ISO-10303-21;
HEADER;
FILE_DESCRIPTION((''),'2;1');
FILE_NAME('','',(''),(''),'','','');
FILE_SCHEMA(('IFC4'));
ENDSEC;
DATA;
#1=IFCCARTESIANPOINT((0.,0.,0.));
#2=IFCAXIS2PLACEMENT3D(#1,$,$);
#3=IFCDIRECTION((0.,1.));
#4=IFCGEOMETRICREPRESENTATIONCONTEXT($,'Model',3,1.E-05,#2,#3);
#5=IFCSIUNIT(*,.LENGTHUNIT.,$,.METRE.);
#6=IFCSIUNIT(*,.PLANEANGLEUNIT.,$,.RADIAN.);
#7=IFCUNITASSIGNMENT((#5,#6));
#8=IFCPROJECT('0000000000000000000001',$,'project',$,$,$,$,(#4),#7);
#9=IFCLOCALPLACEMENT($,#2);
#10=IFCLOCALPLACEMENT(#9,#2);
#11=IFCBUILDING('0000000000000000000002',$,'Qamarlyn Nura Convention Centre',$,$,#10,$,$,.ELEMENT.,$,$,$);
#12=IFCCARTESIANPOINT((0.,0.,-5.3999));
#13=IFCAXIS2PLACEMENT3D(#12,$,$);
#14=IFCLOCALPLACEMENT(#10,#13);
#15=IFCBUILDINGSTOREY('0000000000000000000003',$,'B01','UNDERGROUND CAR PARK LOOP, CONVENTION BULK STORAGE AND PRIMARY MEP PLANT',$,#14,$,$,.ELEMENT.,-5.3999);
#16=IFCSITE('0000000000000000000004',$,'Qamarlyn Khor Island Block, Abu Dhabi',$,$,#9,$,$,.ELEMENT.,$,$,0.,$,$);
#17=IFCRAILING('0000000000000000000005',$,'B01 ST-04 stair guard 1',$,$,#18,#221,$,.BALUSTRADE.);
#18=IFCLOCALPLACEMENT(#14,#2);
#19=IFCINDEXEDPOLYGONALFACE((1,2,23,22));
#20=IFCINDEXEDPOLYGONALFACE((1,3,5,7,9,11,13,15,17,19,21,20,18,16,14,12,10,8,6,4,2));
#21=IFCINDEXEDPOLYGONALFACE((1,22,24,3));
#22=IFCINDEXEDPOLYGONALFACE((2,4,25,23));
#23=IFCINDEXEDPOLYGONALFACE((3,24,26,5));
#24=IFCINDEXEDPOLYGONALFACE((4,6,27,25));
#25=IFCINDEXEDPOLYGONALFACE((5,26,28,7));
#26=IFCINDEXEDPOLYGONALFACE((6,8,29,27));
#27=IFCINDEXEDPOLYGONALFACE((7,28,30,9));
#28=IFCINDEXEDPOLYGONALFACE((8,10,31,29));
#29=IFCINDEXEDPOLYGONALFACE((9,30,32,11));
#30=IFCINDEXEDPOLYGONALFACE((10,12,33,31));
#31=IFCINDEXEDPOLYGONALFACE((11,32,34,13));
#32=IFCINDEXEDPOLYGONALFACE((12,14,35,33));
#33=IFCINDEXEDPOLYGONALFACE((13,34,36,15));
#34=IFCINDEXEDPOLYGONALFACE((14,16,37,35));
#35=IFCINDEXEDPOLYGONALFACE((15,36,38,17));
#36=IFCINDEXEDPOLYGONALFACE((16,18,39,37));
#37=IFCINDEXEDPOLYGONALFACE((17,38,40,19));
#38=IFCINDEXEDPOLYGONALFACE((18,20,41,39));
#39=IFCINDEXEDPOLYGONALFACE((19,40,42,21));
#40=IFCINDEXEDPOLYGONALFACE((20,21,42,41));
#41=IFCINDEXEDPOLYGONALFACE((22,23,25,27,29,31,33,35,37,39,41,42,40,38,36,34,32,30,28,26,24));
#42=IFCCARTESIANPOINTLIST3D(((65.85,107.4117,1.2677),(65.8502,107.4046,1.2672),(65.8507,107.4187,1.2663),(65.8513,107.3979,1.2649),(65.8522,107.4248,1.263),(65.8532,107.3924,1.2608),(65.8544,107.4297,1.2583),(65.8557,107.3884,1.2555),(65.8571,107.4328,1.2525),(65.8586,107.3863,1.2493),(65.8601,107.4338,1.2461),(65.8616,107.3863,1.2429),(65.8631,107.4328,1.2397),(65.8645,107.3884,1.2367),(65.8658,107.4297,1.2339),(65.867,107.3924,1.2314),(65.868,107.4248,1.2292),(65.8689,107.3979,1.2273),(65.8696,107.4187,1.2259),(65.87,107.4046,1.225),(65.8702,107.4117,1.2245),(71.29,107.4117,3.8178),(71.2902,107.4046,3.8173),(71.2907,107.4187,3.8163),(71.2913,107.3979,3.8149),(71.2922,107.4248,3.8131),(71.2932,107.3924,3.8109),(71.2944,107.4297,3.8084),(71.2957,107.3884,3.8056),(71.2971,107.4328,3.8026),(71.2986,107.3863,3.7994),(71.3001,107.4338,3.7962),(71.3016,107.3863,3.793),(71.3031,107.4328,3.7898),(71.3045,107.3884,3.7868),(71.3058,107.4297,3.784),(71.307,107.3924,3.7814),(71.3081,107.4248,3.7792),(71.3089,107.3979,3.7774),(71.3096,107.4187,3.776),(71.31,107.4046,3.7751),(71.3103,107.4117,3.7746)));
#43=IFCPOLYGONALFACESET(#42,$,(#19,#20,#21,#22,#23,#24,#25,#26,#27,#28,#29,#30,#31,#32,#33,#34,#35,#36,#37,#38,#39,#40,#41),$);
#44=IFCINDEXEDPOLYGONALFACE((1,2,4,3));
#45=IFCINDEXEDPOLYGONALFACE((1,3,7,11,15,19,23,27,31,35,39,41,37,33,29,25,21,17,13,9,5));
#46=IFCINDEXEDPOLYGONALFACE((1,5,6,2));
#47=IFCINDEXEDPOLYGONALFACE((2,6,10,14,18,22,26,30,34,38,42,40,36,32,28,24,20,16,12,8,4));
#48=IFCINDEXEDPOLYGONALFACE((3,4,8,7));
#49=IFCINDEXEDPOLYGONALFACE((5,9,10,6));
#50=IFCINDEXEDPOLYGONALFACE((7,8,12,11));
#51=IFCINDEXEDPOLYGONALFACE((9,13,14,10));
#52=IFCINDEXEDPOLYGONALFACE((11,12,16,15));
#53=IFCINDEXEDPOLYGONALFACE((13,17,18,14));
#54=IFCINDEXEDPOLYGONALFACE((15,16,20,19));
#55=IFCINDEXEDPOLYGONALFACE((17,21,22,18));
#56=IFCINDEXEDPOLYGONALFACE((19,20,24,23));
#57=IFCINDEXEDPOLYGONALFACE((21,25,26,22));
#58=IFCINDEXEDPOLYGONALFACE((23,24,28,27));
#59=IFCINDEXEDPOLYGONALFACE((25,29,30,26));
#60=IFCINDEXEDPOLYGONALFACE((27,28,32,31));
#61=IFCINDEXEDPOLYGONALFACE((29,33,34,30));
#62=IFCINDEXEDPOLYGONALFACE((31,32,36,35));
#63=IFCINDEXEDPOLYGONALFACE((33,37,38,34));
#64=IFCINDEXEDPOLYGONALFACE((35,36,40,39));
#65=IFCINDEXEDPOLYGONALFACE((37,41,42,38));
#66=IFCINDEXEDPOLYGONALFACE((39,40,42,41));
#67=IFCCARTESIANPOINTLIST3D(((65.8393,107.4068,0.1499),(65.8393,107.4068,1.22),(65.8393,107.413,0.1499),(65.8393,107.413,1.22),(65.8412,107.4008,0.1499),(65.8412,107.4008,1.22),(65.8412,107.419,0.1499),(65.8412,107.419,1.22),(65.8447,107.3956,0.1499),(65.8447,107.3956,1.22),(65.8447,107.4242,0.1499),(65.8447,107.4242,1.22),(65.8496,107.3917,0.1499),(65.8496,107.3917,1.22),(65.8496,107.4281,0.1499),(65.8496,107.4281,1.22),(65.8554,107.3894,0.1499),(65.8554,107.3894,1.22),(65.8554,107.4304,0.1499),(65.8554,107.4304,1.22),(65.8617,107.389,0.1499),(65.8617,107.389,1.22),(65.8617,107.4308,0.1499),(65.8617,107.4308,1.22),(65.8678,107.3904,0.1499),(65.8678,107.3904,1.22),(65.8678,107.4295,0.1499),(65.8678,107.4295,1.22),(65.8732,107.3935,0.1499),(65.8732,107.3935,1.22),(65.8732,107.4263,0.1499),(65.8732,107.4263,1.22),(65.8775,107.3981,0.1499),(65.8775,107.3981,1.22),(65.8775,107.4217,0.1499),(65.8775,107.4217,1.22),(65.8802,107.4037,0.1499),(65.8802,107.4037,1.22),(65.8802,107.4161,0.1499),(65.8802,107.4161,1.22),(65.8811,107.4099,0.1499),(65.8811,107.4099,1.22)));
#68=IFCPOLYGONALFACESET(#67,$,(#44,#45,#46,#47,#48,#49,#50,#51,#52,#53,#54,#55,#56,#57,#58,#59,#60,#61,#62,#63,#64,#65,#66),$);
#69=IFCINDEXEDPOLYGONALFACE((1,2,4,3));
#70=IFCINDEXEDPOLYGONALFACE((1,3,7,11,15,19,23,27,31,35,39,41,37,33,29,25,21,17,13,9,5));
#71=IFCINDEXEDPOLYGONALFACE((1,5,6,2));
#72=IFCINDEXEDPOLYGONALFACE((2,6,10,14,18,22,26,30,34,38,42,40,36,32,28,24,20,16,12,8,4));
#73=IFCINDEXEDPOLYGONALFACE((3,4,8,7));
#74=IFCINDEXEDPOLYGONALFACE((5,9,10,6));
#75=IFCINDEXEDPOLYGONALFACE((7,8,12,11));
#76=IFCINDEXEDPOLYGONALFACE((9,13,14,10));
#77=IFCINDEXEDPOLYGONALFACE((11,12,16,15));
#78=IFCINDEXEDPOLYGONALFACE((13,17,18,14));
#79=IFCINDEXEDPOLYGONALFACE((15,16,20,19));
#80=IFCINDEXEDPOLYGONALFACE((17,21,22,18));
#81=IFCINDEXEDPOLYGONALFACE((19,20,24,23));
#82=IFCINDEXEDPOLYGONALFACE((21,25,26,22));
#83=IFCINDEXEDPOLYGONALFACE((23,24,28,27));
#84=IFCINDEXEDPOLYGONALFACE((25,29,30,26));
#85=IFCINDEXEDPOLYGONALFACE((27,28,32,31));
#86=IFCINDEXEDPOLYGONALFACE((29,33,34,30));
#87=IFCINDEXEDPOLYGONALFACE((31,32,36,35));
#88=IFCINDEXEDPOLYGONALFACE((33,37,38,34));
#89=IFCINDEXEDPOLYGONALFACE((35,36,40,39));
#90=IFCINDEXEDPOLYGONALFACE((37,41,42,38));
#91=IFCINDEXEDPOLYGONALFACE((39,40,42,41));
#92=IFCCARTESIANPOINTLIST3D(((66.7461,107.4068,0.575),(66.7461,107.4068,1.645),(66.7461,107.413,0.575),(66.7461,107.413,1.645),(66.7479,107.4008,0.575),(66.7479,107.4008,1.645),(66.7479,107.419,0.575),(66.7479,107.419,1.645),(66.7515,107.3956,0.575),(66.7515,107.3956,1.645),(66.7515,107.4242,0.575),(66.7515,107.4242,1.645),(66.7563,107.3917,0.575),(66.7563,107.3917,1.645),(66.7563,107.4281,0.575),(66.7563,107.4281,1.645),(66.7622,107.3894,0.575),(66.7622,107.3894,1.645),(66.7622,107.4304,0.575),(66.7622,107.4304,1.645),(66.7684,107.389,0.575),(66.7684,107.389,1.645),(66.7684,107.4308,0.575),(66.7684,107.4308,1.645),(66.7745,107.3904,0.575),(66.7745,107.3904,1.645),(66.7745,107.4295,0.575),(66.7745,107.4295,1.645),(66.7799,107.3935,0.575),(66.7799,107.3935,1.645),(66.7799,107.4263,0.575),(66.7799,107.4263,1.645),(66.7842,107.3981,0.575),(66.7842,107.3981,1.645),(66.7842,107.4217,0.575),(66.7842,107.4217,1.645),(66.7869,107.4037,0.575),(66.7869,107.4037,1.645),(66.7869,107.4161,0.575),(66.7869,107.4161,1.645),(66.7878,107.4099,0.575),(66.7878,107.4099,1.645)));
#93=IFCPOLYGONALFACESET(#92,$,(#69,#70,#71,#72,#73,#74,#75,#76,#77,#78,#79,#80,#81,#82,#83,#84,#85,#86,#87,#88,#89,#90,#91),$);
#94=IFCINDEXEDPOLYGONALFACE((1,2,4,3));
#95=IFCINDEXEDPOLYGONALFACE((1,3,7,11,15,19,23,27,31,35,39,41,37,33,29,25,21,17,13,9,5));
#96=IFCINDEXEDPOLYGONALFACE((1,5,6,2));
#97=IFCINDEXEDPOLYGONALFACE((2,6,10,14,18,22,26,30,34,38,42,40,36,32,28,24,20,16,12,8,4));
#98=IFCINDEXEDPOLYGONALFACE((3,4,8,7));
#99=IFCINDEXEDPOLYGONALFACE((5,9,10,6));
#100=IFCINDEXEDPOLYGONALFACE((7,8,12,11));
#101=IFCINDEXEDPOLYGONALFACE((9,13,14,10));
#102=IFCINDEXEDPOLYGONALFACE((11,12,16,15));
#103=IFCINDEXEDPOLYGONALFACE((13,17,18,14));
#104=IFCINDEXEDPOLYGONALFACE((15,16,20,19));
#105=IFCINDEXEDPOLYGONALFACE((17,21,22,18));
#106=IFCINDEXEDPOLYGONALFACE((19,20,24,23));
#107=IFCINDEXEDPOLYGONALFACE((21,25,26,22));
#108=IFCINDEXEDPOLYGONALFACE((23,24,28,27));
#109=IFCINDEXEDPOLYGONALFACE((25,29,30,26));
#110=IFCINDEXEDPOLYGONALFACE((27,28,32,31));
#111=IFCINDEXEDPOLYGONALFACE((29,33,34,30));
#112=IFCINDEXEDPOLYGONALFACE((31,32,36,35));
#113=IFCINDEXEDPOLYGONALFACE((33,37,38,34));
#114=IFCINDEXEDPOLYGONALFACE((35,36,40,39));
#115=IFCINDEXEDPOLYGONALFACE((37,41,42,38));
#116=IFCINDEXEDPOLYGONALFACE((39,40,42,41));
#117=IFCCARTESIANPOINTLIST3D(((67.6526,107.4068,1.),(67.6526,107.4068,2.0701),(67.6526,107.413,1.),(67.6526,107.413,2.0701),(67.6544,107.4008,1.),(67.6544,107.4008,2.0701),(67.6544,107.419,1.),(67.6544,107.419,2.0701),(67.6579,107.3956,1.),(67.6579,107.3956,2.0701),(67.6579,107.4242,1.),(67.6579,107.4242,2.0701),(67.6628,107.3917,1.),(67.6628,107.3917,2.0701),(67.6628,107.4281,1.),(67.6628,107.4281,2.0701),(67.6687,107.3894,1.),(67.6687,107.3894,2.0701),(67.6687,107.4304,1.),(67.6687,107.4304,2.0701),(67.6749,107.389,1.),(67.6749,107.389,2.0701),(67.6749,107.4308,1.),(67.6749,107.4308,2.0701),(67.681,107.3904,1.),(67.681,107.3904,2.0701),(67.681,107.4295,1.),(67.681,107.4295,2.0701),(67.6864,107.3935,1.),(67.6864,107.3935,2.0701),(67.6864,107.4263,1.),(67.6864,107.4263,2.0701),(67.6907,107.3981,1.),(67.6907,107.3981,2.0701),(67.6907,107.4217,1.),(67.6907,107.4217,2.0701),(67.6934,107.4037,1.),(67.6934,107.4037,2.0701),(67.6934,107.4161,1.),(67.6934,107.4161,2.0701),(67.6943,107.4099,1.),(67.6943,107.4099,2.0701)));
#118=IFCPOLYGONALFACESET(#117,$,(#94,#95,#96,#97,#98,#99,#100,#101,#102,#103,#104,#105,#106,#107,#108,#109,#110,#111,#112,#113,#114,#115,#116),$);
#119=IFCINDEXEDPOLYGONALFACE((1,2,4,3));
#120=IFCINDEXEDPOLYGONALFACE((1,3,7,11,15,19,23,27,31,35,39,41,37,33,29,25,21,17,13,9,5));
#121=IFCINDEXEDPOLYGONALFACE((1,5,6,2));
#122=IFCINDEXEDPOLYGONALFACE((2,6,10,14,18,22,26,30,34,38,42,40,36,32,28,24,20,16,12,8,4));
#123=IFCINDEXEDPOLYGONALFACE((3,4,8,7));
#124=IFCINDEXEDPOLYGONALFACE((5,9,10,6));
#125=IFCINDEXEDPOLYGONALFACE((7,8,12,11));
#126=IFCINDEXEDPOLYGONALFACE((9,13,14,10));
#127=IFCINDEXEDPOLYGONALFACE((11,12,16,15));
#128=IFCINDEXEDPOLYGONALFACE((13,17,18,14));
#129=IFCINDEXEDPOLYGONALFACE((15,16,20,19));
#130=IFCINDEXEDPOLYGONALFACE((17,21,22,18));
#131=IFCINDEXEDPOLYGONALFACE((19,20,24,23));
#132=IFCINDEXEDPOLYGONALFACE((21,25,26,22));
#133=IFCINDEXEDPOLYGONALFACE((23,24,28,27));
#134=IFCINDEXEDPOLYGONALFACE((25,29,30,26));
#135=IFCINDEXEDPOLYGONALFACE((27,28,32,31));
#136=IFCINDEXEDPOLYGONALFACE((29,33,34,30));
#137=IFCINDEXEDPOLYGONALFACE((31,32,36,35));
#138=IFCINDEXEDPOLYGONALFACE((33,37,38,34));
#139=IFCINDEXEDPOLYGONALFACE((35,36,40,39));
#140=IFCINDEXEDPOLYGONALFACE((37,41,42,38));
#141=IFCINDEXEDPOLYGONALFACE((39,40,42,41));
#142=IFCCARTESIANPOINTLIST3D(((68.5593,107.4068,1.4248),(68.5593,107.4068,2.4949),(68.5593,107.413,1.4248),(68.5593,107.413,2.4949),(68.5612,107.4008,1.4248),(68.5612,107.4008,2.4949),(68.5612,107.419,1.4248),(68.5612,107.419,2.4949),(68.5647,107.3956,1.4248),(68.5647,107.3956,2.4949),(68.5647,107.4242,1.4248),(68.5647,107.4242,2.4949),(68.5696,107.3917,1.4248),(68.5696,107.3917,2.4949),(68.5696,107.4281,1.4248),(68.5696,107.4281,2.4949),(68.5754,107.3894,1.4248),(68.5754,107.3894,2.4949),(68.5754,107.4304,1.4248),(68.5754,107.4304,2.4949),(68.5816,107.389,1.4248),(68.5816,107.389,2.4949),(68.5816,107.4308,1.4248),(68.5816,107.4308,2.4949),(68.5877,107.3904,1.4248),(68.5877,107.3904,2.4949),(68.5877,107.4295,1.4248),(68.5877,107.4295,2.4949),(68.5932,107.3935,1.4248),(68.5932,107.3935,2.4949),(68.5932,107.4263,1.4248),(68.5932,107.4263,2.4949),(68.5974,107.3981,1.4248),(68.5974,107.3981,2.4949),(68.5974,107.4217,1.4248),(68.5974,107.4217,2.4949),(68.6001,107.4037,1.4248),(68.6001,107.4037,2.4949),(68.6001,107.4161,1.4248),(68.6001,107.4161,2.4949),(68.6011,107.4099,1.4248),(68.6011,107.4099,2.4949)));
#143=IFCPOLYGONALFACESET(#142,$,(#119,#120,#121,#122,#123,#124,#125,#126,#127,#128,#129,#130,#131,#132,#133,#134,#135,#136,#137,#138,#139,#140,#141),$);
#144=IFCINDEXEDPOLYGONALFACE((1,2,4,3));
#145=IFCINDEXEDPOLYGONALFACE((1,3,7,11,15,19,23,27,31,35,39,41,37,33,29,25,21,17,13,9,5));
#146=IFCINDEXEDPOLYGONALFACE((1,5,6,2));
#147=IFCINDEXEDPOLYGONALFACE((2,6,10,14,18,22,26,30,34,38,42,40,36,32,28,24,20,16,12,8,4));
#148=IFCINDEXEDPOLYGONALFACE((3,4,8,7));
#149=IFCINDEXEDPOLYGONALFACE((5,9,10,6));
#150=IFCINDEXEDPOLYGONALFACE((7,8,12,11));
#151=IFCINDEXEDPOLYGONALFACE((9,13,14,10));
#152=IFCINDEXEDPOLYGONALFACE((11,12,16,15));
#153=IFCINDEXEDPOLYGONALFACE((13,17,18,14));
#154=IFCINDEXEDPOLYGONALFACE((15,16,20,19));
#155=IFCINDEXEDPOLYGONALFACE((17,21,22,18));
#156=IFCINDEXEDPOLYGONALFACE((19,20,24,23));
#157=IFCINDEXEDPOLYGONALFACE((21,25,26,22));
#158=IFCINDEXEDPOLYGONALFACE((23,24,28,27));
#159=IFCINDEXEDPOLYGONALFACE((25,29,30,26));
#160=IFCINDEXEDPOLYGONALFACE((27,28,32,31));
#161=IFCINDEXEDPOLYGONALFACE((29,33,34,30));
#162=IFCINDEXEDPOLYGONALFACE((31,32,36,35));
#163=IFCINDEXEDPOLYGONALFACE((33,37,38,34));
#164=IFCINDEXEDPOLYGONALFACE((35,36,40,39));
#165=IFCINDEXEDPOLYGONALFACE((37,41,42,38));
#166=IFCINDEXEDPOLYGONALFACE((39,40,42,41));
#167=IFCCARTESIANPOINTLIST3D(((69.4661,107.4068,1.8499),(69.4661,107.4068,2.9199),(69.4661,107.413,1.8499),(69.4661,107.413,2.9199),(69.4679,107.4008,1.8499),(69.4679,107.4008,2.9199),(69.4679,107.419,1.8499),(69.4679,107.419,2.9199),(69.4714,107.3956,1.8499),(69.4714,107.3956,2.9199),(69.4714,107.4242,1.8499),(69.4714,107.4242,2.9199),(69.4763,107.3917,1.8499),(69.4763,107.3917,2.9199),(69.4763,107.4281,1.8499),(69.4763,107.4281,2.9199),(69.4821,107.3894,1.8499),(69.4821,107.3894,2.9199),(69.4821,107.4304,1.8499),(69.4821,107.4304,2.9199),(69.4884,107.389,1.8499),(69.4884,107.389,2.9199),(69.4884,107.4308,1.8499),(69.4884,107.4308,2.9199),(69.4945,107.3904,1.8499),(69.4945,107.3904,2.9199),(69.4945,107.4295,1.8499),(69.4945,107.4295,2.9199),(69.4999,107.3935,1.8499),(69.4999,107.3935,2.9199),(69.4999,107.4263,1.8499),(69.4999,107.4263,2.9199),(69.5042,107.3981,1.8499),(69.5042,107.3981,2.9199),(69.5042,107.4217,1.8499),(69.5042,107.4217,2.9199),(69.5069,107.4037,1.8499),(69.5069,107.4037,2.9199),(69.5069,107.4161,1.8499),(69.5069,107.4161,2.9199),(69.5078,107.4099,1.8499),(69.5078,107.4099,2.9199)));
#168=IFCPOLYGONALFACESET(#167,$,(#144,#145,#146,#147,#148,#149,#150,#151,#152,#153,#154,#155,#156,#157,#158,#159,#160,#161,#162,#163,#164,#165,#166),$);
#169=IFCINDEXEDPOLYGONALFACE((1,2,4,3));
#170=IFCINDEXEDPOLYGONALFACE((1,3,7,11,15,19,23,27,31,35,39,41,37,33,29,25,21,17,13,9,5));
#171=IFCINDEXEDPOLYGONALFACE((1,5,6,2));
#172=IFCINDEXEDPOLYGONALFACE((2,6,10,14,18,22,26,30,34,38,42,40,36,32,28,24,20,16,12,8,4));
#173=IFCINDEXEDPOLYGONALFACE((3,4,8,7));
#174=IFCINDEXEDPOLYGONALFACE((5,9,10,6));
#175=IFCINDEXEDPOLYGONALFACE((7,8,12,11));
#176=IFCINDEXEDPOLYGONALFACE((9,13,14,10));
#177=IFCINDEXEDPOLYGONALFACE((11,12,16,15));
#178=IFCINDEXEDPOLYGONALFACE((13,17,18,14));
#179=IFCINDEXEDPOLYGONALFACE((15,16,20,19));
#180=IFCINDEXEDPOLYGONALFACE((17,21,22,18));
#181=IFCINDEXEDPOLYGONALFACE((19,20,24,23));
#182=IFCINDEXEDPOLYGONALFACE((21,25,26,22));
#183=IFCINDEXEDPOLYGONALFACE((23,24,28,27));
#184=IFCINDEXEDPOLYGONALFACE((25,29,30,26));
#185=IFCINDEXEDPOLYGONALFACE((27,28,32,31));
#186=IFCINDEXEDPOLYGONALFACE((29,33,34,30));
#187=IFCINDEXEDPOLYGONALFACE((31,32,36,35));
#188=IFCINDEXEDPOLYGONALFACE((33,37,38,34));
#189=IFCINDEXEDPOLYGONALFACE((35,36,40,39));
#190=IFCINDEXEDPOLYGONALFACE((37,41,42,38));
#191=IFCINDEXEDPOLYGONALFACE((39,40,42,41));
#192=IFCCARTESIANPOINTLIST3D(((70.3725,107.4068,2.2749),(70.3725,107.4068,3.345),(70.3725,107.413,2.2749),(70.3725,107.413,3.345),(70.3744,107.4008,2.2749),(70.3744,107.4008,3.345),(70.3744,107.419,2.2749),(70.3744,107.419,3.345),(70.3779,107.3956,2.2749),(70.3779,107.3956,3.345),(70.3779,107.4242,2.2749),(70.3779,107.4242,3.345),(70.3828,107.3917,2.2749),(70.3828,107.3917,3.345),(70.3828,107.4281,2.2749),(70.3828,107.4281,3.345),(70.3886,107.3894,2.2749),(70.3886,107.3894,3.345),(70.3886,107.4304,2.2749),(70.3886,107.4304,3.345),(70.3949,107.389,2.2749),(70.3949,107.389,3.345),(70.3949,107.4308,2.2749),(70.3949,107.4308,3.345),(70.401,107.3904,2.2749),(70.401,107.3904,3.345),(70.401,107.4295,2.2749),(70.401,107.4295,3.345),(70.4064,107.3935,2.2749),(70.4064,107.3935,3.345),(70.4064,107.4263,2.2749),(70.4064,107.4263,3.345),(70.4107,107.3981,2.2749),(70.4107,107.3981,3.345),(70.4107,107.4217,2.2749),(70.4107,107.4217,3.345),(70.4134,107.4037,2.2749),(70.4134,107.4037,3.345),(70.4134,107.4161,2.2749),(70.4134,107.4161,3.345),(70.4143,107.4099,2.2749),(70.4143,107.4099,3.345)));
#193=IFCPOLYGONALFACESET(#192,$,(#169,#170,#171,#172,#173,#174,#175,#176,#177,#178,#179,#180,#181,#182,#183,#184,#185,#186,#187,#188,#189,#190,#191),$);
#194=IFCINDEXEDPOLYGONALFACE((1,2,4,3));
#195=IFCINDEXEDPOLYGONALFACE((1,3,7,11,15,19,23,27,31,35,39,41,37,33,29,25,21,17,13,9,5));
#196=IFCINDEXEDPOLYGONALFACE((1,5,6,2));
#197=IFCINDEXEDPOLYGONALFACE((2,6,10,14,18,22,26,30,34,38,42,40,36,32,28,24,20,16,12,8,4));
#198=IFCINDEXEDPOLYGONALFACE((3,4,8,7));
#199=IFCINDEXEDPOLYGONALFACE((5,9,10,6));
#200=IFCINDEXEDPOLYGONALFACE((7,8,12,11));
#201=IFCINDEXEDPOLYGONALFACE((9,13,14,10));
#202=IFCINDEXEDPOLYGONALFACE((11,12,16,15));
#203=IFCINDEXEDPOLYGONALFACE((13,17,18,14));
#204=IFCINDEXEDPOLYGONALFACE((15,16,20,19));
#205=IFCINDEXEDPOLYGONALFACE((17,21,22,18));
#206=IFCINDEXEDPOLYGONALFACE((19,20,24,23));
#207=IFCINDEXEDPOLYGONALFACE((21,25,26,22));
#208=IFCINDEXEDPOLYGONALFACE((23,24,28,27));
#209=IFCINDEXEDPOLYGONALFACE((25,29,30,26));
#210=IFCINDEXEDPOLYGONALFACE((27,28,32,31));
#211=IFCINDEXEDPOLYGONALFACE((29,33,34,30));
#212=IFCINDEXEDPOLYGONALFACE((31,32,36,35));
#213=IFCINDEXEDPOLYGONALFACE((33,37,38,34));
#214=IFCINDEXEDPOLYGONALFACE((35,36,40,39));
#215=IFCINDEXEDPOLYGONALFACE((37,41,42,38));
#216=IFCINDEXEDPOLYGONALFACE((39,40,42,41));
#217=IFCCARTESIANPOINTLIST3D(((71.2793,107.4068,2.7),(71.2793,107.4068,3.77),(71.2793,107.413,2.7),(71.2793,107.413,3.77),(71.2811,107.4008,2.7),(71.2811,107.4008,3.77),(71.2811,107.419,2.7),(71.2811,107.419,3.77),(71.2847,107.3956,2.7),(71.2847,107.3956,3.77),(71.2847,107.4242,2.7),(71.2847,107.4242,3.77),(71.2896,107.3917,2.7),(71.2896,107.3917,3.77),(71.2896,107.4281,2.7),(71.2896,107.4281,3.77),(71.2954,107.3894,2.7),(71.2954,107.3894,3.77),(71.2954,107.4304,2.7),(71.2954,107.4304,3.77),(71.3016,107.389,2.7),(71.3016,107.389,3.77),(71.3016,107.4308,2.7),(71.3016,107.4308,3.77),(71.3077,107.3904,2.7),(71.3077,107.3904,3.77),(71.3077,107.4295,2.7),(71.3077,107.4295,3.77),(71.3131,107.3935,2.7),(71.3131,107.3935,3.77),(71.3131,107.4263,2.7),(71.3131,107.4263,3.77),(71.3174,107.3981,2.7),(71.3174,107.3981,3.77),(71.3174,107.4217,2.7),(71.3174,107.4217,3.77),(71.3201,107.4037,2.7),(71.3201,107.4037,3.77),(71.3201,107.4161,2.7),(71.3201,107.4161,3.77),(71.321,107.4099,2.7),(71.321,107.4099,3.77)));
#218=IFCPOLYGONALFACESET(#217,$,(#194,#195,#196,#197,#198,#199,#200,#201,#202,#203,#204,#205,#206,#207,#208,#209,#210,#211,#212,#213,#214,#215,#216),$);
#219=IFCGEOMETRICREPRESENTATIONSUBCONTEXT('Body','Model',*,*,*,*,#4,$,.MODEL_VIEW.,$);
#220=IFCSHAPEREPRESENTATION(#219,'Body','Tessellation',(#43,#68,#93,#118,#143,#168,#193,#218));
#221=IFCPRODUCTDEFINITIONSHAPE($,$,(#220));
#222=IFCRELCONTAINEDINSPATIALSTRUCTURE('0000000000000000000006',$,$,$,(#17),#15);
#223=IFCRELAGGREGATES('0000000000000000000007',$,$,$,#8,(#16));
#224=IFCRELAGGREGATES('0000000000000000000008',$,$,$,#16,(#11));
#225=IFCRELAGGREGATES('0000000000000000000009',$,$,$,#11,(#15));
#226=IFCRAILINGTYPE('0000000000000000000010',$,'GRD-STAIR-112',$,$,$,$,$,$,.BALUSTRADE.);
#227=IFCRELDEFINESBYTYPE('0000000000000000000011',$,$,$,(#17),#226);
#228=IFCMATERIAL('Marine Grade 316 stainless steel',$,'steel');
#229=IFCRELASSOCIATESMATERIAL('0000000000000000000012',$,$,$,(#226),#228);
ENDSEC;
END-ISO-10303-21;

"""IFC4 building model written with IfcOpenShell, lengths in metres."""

from ifc_helpers import new_model, si_unit, direction, frame, origin, origin_2d, place, context, subcontext, project, spatial, circle, extrude, material, type_object, element, save


model = new_model("IFC4")

# Units and contexts
model_context = context("Model", 3, precision=1e-05, world=origin(), true_north=direction((0.0, 1.0)))
body_context = subcontext(model_context, "Body", "Model", "MODEL_VIEW")
ifc_project = project(units=[si_unit("LENGTHUNIT", "METRE"), si_unit("PLANEANGLEUNIT", "RADIAN")], contexts=[model_context])

# Site, building, storey
site_placement = place(None, origin())
site = spatial("IfcSite", under=ifc_project, at=site_placement, Name="Qamarlyn Khor Island Block, Abu Dhabi", CompositionType="ELEMENT", RefElevation=0.0)
building_placement = place(site_placement, origin())
building = spatial("IfcBuilding", under=site, at=building_placement, Name="Qamarlyn Nura Convention Centre", CompositionType="ELEMENT")
storey_placement = place(building_placement, frame((0.0, 0.0, -5.3999)))
storey = spatial("IfcBuildingStorey", under=building, at=storey_placement, Name="B01", Description="UNDERGROUND CAR PARK LOOP, CONVENTION BULK STORAGE AND PRIMARY MEP PLANT", CompositionType="ELEMENT", Elevation=-5.3999)

# Railing
ifc_material_1 = material(Name="Marine Grade 316 stainless steel", Category="steel")
railing_type_1 = type_object("IfcRailingType", Name="GRD-STAIR-112", PredefinedType="BALUSTRADE", material=ifc_material_1)
railing_1_placement = place(storey_placement, frame((65.8601, 107.4099, 0.1499)))
element("IfcRailing", 1, at=railing_1_placement, inside=storey, type_object=railing_type_1, Name="B01 ST-04 stair guard 1", PredefinedType="BALUSTRADE", context=body_context, shape_type="SweptSolid", body=[
    extrude(circle(Radius=0.0239, at=origin_2d()), frame((0.0, 0.0, 1.0962), z_axis=(0.905454, 0.0, 0.424444), x_axis=(0.0, 1.0, 0.0)), (0.0, 0.0, 1.0), 6.0081),
    extrude(circle(Radius=0.021, at=origin_2d()), origin(), (0.0, 0.0, 1.0), 1.0701),
    extrude(circle(Radius=0.021, at=origin_2d()), frame((0.9067, 0.0, 0.425)), (0.0, 0.0, 1.0), 1.0701),
    extrude(circle(Radius=0.021, at=origin_2d()), frame((1.8132, 0.0, 0.8501)), (0.0, 0.0, 1.0), 1.0701),
    extrude(circle(Radius=0.021, at=origin_2d()), frame((2.72, 0.0, 1.2749)), (0.0, 0.0, 1.0), 1.0701),
    extrude(circle(Radius=0.021, at=origin_2d()), frame((3.6267, 0.0, 1.7)), (0.0, 0.0, 1.0), 1.0701),
    extrude(circle(Radius=0.021, at=origin_2d()), frame((4.5332, 0.0, 2.125)), (0.0, 0.0, 1.0), 1.0701),
    extrude(circle(Radius=0.021, at=origin_2d()), frame((5.4399, 0.0, 2.55)), (0.0, 0.0, 1.0), 1.0701),
])

save(model, "model.ifc")
